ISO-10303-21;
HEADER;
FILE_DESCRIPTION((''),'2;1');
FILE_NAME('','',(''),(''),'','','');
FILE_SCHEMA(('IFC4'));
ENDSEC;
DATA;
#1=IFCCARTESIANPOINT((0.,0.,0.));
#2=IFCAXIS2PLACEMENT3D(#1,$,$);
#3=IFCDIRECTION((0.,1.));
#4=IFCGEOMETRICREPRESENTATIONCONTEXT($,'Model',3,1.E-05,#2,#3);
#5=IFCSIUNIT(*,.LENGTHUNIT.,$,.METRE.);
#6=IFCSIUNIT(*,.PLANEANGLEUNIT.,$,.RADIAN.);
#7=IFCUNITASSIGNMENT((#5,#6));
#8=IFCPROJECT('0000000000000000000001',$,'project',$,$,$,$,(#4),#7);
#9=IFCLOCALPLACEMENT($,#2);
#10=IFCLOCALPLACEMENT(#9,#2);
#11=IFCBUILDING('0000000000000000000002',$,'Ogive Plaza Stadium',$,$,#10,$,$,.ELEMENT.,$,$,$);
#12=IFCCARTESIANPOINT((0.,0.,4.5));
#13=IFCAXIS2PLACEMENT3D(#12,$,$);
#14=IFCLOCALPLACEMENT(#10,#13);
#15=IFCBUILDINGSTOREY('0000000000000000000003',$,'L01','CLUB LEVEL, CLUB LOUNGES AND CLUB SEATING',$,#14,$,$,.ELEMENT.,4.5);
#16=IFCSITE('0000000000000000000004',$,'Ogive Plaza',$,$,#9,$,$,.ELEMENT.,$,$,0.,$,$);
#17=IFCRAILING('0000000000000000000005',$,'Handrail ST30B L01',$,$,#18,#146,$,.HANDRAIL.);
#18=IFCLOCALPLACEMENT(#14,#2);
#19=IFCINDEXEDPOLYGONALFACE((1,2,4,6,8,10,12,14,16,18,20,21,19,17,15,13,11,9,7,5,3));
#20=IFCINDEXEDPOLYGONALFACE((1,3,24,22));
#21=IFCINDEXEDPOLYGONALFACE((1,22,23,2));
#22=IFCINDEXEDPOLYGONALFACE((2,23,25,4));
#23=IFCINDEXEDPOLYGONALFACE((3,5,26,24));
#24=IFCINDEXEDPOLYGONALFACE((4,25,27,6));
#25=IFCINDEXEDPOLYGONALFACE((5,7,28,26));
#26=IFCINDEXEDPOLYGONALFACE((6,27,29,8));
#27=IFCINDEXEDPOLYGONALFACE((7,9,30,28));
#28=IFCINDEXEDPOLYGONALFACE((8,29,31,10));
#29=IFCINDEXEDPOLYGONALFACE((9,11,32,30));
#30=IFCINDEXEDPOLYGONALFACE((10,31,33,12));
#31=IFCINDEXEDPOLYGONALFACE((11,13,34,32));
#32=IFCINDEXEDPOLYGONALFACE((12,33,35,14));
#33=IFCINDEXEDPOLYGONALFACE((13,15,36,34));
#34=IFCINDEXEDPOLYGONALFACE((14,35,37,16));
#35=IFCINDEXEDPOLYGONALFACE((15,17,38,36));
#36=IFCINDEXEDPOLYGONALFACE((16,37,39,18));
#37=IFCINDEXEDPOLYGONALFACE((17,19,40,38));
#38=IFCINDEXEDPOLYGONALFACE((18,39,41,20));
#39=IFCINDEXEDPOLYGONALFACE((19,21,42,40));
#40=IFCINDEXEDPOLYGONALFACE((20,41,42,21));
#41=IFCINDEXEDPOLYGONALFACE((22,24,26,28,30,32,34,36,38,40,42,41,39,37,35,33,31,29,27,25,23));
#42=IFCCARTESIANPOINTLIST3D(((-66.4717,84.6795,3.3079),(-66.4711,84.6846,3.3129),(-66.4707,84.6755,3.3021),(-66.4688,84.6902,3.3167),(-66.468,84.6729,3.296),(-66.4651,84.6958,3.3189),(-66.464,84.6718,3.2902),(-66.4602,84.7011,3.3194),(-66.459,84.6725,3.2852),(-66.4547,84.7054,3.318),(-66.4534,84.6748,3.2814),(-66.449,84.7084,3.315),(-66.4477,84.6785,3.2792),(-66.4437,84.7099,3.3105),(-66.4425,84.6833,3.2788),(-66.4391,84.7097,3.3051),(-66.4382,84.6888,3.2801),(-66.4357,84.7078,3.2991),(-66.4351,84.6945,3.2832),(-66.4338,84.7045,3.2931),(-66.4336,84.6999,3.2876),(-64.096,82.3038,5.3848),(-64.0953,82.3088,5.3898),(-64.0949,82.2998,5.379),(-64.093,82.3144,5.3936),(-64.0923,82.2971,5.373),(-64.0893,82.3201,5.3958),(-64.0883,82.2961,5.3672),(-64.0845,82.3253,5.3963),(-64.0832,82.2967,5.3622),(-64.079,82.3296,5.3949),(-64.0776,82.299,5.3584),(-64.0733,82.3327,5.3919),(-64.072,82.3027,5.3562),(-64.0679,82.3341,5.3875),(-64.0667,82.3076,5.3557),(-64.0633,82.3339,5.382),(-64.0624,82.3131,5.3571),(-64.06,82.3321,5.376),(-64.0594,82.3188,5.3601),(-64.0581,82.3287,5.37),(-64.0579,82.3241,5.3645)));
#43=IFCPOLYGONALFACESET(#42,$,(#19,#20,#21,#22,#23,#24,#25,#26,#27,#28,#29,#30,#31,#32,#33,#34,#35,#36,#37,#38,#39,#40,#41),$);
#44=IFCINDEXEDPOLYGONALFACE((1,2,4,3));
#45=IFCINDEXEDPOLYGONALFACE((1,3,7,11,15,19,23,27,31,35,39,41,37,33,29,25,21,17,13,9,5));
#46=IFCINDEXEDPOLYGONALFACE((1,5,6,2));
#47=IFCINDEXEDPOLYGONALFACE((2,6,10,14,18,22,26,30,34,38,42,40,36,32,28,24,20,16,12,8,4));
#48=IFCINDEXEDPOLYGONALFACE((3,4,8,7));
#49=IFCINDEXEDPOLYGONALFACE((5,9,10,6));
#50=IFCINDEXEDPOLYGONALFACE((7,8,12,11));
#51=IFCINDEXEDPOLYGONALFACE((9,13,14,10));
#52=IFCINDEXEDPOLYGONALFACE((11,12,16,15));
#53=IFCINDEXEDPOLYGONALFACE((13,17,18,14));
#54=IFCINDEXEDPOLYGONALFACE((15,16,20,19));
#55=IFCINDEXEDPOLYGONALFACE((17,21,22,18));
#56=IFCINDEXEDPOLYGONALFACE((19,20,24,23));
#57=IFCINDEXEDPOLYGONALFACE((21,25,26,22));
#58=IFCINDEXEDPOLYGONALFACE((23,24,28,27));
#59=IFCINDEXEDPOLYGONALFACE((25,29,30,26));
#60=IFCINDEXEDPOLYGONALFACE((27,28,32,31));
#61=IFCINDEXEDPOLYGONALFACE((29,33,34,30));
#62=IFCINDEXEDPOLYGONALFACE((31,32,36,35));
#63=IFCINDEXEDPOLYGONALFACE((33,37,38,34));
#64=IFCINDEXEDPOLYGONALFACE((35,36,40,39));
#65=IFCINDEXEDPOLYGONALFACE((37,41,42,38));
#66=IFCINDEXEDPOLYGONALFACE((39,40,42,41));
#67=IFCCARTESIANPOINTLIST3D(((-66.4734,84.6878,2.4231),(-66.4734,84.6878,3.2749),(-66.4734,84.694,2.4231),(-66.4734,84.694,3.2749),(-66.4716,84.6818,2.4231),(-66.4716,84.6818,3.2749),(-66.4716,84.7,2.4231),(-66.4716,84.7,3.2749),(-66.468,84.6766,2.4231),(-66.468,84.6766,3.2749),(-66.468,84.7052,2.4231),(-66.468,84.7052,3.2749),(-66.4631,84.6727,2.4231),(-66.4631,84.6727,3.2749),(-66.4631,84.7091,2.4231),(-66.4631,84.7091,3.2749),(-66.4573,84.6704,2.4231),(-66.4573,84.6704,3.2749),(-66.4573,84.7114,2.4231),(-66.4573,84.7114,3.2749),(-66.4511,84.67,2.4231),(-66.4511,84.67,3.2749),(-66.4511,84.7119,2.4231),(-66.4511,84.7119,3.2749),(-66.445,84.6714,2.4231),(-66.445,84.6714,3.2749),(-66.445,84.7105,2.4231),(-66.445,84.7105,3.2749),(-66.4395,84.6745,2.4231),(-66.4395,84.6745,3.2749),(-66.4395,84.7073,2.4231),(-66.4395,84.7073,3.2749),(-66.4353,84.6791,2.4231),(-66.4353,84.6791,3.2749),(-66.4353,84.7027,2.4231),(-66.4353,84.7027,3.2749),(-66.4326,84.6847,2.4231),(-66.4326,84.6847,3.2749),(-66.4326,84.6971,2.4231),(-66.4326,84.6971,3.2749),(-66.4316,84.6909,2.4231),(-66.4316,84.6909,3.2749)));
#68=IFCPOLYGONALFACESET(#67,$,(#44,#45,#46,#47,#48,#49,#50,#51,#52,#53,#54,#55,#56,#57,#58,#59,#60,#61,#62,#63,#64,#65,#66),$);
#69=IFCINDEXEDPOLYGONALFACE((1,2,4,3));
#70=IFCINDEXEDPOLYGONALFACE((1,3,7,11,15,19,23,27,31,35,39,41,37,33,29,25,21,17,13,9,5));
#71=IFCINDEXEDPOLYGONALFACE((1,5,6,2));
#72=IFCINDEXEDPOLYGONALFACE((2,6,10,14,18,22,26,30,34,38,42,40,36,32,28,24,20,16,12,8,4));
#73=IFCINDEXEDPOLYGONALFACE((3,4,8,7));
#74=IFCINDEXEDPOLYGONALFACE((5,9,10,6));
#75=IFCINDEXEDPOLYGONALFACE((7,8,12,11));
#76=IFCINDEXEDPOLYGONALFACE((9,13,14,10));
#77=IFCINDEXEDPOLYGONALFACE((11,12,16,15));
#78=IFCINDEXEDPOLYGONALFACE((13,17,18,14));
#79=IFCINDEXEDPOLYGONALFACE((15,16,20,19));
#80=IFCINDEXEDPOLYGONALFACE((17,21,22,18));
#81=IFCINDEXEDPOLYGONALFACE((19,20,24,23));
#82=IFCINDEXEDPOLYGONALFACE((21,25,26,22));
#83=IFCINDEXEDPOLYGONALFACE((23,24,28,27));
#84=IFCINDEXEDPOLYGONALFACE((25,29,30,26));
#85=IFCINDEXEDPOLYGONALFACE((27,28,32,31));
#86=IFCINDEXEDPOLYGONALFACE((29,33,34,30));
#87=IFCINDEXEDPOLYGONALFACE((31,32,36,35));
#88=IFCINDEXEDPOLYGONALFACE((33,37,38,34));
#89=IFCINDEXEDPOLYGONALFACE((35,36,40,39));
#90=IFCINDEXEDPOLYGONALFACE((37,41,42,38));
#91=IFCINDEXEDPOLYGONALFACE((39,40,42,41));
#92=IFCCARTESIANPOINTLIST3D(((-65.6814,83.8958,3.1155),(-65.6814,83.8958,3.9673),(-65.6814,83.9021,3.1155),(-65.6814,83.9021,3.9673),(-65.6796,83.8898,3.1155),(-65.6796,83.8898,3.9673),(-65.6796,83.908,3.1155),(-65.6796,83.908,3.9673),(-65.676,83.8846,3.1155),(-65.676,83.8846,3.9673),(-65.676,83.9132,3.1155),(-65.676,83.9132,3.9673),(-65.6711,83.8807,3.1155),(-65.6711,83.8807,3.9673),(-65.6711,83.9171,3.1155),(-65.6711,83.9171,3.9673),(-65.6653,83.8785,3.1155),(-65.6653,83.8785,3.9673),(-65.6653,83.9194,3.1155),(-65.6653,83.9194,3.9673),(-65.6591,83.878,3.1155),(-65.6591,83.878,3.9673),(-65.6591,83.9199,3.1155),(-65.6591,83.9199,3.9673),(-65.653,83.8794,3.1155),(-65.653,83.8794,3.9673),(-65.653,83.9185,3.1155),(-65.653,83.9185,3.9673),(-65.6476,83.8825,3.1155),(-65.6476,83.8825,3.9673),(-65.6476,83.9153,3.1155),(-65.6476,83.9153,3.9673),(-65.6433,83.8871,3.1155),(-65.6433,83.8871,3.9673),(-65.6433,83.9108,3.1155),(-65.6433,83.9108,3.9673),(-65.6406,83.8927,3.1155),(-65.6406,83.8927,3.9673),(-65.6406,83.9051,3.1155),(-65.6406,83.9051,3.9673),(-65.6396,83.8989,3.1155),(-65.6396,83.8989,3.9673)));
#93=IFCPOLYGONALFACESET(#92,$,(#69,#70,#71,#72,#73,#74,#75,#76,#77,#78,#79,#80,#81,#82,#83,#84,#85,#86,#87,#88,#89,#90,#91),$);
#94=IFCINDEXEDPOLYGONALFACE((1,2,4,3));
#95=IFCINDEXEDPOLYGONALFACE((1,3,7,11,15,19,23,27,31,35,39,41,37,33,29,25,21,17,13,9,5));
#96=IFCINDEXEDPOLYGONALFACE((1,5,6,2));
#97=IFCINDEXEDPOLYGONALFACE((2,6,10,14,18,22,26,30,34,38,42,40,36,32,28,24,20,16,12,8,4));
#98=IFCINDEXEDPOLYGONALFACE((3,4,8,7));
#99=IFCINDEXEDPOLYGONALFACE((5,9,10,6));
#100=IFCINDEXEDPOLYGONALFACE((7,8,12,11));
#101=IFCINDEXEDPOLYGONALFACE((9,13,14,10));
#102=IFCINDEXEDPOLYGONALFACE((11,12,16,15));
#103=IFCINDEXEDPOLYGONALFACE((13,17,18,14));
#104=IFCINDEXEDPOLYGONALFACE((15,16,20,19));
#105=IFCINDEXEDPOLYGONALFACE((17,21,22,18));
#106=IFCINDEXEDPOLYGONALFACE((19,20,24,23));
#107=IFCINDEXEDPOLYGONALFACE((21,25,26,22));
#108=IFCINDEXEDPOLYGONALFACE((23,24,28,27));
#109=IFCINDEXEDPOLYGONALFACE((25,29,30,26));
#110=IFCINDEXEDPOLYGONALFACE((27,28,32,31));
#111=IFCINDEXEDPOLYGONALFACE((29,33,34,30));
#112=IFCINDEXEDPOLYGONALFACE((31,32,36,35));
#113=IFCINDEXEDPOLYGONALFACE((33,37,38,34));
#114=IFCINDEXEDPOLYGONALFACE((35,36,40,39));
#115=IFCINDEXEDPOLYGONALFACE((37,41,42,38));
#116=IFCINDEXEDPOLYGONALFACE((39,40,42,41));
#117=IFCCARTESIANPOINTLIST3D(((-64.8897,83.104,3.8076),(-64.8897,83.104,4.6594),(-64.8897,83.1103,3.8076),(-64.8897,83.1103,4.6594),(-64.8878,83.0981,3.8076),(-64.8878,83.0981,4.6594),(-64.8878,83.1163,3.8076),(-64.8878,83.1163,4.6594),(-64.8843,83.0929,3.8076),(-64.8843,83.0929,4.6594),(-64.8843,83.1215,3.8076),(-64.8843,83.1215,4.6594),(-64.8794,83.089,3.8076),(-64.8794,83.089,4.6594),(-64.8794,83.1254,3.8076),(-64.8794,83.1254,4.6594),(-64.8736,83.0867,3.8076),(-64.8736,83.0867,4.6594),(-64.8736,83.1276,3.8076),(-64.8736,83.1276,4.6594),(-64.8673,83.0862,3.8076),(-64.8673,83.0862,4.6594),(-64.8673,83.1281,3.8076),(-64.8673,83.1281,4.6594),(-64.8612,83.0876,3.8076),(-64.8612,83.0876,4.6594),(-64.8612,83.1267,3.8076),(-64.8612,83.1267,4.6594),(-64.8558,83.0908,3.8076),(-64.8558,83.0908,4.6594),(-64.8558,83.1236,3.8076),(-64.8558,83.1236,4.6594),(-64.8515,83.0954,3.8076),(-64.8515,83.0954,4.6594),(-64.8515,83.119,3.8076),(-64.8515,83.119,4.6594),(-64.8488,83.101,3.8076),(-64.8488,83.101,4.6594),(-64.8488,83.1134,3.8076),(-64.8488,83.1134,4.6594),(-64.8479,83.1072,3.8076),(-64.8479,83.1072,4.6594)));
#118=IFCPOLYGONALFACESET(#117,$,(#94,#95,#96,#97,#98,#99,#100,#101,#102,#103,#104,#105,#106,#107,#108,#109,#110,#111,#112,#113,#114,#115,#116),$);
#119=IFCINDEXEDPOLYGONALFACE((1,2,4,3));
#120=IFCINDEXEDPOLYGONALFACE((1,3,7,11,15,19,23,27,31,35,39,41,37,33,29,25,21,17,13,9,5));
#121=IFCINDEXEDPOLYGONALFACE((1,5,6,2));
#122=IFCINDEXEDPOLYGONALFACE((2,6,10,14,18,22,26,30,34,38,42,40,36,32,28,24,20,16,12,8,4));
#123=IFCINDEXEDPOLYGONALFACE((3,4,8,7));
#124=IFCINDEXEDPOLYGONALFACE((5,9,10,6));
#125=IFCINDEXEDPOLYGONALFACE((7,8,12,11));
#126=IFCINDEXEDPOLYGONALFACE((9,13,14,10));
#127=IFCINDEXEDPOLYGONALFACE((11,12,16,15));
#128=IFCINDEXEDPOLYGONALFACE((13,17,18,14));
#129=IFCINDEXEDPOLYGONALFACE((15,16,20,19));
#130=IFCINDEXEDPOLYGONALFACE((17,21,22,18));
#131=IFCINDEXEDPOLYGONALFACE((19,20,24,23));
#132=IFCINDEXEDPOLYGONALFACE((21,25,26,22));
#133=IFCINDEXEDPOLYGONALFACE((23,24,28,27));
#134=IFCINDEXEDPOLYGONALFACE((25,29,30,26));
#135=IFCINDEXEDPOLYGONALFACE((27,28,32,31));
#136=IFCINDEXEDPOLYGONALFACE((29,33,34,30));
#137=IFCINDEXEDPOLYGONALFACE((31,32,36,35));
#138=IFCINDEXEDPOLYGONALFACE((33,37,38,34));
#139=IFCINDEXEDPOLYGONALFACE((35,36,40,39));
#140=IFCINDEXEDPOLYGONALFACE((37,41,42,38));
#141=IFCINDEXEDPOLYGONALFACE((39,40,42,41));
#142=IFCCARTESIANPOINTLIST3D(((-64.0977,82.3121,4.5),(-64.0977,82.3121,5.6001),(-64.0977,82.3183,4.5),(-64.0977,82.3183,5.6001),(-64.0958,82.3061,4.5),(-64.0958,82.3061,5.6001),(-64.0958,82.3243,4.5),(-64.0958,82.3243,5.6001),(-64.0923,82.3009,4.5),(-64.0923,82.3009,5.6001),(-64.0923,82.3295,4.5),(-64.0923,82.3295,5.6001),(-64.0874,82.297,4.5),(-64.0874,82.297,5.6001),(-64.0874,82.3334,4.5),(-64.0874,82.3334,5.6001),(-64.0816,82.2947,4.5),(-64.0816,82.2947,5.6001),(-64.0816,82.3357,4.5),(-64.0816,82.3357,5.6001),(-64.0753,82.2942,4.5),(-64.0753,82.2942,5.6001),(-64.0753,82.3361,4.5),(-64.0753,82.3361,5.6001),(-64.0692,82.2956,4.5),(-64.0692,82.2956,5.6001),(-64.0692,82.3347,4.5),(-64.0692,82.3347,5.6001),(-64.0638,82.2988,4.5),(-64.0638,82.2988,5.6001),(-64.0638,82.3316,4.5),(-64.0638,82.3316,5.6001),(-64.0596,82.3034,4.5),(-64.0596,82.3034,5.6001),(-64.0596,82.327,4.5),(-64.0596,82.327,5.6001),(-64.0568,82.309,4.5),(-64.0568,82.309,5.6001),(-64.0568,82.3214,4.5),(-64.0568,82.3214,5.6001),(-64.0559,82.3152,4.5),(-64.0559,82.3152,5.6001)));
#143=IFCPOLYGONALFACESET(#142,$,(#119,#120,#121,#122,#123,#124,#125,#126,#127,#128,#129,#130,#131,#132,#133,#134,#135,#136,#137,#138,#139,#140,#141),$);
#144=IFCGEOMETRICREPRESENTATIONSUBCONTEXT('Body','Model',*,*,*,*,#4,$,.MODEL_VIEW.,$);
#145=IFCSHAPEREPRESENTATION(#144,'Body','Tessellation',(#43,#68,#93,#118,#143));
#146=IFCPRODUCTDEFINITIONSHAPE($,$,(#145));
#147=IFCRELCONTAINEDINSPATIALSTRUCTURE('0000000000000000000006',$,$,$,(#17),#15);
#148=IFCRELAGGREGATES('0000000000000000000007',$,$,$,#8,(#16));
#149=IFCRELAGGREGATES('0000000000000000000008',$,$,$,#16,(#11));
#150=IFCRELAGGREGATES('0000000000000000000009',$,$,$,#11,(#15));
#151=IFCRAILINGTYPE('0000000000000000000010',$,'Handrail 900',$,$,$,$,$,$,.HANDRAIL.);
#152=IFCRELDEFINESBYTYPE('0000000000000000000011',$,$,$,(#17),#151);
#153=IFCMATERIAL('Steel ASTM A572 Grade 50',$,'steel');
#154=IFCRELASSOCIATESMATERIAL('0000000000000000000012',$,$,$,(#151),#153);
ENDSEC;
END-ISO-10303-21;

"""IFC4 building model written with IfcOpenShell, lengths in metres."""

from ifc_helpers import new_model, si_unit, direction, frame, origin, origin_2d, place, context, subcontext, project, spatial, circle, extrude, material, type_object, element, save


model = new_model("IFC4")

# Units and contexts
model_context = context("Model", 3, precision=1e-05, world=origin(), true_north=direction((0.0, 1.0)))
body_context = subcontext(model_context, "Body", "Model", "MODEL_VIEW")
ifc_project = project(units=[si_unit("LENGTHUNIT", "METRE"), si_unit("PLANEANGLEUNIT", "RADIAN")], contexts=[model_context])

# Site, building, storey
site_placement = place(None, origin())
site = spatial("IfcSite", under=ifc_project, at=site_placement, Name="Ogive Plaza", CompositionType="ELEMENT", RefElevation=0.0)
building_placement = place(site_placement, origin())
building = spatial("IfcBuilding", under=site, at=building_placement, Name="Ogive Plaza Stadium", CompositionType="ELEMENT")
storey_placement = place(building_placement, frame((0.0, 0.0, 4.5)))
storey = spatial("IfcBuildingStorey", under=building, at=storey_placement, Name="L01", Description="CLUB LEVEL, CLUB LOUNGES AND CLUB SEATING", CompositionType="ELEMENT", Elevation=4.5)

# Railing
ifc_material_1 = material(Name="Steel ASTM A572 Grade 50", Category="steel")
railing_type = type_object("IfcRailingType", Name="Handrail 900", PredefinedType="HANDRAIL", material=ifc_material_1)
for number, where, name in (
    (1, (-66.4526, 84.6909, 2.4231), "Handrail ST30B L01"),
):
    element("IfcRailing", number, at=place(storey_placement, frame(where)), inside=storey, type_object=railing_type, Name=name, PredefinedType="HANDRAIL", context=body_context, shape_type="SweptSolid", body=[
        extrude(circle(Radius=0.0239, at=origin_2d()), frame((0.0, 0.0, 0.876), z_axis=(0.601466, -0.601466, 0.525811), x_axis=(0.707107, 0.707107, 0.0)), (0.0, 0.0, 1.0), 3.95),
        extrude(circle(Radius=0.021, at=origin_2d()), origin(), (0.0, 0.0, 1.0), 0.8518),
        extrude(circle(Radius=0.021, at=origin_2d()), frame((0.792, -0.792, 0.6924)), (0.0, 0.0, 1.0), 0.8518),
        extrude(circle(Radius=0.021, at=origin_2d()), frame((1.5837, -1.5837, 1.3845)), (0.0, 0.0, 1.0), 0.8518),
        extrude(circle(Radius=0.021, at=origin_2d()), frame((2.3757, -2.3757, 2.0769)), (0.0, 0.0, 1.0), 1.1001),
    ])

save(model, "model.ifc")
